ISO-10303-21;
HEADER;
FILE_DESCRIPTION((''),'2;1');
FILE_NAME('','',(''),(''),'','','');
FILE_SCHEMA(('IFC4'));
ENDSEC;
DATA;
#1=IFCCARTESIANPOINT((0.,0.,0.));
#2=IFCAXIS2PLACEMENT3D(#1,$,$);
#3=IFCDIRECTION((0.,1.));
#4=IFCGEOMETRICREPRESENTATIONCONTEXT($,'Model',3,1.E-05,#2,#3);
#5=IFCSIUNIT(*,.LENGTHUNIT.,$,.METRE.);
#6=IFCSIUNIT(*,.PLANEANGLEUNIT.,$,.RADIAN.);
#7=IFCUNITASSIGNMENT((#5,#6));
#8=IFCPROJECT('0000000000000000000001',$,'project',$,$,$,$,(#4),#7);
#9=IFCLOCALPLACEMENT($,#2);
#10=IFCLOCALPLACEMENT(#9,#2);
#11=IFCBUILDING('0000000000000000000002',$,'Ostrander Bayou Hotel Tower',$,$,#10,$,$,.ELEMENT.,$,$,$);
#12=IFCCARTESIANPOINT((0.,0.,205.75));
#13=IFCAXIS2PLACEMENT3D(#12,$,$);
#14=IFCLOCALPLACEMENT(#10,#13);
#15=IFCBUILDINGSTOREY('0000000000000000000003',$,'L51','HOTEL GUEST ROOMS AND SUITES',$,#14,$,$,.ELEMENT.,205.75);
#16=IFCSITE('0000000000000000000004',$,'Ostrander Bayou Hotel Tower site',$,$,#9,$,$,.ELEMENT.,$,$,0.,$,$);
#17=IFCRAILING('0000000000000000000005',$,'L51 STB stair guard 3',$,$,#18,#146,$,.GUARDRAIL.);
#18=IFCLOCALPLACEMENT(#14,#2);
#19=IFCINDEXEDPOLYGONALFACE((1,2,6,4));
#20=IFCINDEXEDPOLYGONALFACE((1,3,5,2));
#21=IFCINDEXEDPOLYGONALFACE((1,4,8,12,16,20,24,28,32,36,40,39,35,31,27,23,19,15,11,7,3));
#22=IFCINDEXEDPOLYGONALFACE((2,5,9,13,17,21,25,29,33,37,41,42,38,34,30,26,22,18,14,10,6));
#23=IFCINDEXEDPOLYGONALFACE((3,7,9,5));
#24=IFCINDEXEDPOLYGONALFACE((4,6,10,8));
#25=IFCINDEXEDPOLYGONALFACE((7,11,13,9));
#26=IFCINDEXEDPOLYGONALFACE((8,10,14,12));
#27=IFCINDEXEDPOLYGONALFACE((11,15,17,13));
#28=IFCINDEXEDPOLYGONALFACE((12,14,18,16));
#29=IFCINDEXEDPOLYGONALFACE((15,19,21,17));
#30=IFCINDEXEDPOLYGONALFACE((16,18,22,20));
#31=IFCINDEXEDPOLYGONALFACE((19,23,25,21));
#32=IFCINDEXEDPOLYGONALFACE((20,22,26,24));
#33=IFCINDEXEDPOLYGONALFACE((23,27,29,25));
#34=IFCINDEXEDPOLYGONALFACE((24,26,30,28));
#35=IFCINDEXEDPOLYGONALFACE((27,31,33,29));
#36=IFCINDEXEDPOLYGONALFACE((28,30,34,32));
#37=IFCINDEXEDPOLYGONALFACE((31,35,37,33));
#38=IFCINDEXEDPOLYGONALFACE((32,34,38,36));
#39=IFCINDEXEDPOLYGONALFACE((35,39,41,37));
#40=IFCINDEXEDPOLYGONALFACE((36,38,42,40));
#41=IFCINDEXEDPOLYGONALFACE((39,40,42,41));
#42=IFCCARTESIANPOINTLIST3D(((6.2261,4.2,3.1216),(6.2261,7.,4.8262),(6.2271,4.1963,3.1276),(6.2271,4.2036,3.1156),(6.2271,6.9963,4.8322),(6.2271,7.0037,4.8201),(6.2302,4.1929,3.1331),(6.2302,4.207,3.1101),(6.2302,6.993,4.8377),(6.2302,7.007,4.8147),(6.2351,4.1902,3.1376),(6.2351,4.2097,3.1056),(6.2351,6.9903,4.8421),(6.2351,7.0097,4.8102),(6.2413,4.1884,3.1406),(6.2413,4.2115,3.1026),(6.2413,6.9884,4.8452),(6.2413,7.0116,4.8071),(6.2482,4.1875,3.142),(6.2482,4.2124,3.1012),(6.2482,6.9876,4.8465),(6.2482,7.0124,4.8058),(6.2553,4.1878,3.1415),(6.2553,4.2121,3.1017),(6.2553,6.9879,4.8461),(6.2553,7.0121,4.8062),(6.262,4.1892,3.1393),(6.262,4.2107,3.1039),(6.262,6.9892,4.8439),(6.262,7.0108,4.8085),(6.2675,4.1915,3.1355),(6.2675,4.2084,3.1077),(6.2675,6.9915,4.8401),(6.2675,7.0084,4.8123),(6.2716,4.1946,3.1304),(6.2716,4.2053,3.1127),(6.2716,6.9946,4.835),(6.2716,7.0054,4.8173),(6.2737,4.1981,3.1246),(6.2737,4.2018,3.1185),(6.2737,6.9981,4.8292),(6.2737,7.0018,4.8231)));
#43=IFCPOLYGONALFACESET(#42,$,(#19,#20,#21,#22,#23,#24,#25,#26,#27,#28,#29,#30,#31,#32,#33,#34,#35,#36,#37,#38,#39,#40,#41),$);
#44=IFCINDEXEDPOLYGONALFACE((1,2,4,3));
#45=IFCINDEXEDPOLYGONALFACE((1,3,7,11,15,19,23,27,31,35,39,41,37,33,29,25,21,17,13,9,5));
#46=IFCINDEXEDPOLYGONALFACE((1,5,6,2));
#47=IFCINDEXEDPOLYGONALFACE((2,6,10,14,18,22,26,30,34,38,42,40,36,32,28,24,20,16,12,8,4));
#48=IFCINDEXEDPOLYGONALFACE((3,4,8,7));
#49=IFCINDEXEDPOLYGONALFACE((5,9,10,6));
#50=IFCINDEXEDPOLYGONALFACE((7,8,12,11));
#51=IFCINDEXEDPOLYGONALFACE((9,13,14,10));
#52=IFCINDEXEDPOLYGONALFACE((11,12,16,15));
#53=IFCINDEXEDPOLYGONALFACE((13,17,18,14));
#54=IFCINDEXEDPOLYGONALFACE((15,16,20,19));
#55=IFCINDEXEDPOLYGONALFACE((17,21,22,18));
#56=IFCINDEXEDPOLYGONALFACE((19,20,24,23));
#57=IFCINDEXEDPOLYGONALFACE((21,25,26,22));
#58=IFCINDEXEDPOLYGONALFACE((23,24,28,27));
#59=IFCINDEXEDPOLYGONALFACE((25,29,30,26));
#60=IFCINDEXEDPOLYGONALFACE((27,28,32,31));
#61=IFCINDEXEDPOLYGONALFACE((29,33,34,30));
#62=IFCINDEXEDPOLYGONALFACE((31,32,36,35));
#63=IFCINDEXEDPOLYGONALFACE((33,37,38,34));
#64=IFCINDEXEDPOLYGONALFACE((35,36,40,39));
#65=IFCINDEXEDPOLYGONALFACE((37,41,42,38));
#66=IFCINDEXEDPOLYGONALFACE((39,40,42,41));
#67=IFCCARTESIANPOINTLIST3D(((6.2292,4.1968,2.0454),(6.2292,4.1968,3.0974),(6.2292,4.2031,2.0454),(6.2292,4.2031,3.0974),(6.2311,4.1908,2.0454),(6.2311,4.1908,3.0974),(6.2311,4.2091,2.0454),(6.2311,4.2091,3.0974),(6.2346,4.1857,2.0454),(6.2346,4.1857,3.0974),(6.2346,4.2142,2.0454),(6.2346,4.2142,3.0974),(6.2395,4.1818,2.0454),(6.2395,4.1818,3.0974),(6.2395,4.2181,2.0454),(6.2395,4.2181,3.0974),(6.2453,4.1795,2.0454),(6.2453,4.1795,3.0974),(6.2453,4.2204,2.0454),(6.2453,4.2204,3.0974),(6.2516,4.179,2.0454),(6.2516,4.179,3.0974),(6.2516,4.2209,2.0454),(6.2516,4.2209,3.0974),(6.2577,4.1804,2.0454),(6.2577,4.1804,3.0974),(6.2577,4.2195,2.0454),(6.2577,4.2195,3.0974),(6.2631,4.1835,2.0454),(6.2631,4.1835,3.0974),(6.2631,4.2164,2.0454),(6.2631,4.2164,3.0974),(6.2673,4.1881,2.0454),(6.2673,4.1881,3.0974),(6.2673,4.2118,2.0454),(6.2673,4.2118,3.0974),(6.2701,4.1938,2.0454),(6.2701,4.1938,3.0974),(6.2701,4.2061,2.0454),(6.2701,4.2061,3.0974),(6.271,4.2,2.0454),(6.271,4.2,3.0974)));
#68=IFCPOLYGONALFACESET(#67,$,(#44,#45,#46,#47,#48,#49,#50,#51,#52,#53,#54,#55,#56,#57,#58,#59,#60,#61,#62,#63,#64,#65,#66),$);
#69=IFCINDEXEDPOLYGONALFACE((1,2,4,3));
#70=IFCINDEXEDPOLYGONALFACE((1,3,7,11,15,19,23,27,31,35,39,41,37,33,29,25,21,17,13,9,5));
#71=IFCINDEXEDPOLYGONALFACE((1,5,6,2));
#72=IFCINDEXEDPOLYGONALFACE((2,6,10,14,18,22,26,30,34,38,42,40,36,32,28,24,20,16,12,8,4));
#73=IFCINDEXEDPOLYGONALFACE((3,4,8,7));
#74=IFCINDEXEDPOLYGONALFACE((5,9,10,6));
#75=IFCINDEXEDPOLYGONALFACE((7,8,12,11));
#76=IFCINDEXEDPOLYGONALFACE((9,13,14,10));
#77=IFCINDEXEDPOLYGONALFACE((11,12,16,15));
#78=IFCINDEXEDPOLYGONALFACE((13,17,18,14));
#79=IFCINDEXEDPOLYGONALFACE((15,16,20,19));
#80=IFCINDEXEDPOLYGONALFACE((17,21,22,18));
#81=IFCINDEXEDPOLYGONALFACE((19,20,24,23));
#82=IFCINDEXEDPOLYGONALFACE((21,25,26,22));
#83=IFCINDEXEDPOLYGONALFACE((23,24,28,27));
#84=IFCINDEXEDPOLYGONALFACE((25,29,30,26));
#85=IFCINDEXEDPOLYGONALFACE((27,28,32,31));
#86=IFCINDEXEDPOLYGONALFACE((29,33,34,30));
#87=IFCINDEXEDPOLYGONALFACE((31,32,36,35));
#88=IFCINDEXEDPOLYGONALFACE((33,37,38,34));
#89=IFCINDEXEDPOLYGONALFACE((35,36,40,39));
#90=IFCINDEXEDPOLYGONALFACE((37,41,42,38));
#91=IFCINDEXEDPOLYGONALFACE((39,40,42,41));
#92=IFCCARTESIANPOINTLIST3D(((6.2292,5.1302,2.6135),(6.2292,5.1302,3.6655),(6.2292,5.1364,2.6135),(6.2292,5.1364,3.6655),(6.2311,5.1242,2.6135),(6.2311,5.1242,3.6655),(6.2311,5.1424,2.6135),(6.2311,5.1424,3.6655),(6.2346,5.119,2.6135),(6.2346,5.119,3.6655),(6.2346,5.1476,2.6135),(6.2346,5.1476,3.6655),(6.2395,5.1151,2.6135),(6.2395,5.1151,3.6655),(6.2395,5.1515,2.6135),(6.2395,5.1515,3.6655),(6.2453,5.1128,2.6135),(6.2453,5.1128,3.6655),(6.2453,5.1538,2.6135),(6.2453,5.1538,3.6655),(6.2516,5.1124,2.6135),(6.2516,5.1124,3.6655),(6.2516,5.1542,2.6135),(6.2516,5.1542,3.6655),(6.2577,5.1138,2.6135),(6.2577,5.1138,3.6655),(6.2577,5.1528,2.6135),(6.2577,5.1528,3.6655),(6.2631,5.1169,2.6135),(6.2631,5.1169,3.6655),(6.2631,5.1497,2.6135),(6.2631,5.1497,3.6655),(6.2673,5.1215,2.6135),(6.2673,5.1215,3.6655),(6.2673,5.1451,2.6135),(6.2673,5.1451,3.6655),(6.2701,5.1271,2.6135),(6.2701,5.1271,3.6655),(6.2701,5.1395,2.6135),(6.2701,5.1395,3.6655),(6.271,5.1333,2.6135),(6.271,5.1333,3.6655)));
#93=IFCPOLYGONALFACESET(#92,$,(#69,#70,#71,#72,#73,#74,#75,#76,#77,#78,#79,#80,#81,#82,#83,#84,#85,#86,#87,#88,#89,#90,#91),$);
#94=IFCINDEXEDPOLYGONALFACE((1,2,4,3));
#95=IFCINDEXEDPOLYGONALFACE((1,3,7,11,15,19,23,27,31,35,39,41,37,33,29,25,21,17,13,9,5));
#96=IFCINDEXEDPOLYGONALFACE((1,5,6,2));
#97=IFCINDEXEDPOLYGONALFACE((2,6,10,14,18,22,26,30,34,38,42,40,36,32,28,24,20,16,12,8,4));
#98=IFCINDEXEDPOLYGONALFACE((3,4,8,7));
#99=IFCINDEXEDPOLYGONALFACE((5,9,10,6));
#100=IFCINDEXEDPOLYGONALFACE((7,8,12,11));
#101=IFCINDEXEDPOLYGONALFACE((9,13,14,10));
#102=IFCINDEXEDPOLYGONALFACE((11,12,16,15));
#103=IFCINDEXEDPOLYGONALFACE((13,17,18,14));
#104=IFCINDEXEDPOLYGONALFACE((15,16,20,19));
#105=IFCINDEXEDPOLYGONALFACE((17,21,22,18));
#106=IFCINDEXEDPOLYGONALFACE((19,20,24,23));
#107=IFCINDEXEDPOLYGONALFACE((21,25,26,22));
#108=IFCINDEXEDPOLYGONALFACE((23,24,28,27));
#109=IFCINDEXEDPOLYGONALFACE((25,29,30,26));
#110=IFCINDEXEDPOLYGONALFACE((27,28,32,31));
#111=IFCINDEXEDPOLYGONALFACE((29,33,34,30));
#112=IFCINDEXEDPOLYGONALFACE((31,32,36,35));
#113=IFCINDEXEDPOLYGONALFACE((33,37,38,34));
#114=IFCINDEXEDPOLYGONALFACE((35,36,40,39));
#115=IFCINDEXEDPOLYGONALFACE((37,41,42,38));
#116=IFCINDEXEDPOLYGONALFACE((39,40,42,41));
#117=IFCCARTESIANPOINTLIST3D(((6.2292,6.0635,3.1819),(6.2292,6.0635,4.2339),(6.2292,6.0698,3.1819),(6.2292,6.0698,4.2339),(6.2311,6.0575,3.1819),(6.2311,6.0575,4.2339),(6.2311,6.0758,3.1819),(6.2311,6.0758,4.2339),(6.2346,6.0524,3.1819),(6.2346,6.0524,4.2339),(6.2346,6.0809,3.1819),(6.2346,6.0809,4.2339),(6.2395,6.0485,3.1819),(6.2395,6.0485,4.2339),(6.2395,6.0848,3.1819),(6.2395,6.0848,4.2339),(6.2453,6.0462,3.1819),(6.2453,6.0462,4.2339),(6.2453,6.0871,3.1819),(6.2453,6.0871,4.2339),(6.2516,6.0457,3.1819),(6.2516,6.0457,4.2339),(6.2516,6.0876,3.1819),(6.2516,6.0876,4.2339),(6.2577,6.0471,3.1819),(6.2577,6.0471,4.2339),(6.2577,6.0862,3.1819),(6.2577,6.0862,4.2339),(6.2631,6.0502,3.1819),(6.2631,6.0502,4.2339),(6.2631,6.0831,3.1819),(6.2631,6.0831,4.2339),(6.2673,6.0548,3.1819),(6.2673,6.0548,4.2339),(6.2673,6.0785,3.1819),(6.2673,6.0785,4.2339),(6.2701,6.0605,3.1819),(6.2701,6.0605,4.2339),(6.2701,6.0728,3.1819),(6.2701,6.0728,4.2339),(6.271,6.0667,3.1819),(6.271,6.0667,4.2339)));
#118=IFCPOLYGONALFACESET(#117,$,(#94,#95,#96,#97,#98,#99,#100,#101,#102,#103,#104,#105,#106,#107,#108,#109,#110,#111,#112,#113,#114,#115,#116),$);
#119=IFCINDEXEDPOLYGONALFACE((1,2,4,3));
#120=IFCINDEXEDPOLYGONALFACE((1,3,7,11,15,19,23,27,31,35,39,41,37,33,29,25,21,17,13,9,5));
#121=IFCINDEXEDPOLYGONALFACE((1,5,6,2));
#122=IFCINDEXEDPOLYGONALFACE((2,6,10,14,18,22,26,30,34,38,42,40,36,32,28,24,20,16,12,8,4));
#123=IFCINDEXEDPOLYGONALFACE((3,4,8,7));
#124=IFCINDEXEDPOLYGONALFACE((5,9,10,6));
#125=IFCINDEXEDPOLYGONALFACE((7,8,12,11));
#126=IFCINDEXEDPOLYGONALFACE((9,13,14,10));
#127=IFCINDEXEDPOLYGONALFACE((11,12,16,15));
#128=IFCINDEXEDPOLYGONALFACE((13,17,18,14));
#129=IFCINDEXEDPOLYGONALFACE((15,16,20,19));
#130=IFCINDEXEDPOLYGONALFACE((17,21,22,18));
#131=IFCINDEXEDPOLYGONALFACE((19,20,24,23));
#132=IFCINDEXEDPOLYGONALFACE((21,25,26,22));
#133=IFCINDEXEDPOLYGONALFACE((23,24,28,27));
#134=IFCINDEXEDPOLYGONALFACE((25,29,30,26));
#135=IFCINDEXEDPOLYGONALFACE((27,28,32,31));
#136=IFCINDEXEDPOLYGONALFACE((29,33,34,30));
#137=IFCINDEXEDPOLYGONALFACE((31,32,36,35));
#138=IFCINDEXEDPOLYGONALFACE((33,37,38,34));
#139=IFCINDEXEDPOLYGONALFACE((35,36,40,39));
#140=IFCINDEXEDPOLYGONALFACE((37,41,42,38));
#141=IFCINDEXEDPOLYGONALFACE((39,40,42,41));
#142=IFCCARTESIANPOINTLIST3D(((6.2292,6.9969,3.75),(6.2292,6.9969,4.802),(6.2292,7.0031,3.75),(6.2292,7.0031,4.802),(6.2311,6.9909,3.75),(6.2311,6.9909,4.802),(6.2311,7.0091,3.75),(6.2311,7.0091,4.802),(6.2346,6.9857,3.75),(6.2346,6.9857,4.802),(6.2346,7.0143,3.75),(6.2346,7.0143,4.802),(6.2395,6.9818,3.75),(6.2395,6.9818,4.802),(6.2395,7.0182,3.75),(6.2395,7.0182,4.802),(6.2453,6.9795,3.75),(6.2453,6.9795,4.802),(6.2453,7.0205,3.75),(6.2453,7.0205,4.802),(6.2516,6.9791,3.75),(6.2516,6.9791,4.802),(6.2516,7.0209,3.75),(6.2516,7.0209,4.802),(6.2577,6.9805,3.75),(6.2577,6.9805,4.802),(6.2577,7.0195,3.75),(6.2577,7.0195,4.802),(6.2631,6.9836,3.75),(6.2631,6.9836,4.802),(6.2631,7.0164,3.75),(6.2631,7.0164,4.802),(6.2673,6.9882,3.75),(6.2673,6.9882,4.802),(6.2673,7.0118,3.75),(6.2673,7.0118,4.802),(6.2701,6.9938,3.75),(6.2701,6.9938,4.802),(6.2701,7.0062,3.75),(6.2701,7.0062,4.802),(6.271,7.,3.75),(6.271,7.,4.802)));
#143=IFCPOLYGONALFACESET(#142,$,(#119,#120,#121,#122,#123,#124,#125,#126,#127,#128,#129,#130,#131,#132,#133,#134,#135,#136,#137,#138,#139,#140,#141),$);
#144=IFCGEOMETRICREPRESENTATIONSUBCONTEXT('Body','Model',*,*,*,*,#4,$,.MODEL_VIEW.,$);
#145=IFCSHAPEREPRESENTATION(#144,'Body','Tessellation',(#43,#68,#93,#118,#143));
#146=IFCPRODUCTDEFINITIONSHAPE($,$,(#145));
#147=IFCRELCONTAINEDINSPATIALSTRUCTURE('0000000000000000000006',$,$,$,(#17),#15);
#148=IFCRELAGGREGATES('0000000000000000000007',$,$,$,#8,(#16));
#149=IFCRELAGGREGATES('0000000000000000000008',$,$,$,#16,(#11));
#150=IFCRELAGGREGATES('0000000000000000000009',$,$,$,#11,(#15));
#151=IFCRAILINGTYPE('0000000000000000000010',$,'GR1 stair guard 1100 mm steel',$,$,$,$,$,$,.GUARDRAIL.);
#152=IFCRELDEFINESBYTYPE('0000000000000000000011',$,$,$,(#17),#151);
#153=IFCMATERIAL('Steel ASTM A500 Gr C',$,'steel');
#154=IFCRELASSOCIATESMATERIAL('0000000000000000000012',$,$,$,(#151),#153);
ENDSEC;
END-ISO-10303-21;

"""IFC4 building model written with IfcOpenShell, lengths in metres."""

from ifc_helpers import new_model, si_unit, direction, frame, origin, origin_2d, place, context, subcontext, project, spatial, circle, extrude, material, type_object, element, save


model = new_model("IFC4")

# Units and contexts
model_context = context("Model", 3, precision=1e-05, world=origin(), true_north=direction((0.0, 1.0)))
body_context = subcontext(model_context, "Body", "Model", "MODEL_VIEW")
ifc_project = project(units=[si_unit("LENGTHUNIT", "METRE"), si_unit("PLANEANGLEUNIT", "RADIAN")], contexts=[model_context])

# Site, building, storey
site_placement = place(None, origin())
site = spatial("IfcSite", under=ifc_project, at=site_placement, Name="Ostrander Bayou Hotel Tower site", CompositionType="ELEMENT", RefElevation=0.0)
building_placement = place(site_placement, origin())
building = spatial("IfcBuilding", under=site, at=building_placement, Name="Ostrander Bayou Hotel Tower", CompositionType="ELEMENT")
storey_placement = place(building_placement, frame((0.0, 0.0, 205.75)))
storey = spatial("IfcBuildingStorey", under=building, at=storey_placement, Name="L51", Description="HOTEL GUEST ROOMS AND SUITES", CompositionType="ELEMENT", Elevation=205.75)

# Railing
ifc_material_1 = material(Name="Steel ASTM A500 Gr C", Category="steel")
railing_type_1 = type_object("IfcRailingType", Name="GR1 stair guard 1100 mm steel", PredefinedType="GUARDRAIL", material=ifc_material_1)
railing_1_placement = place(storey_placement, frame((6.25, 4.2, 2.0454)))
element("IfcRailing", 1, at=railing_1_placement, inside=storey, type_object=railing_type_1, Name="L51 STB stair guard 3", PredefinedType="GUARDRAIL", context=body_context, shape_type="SweptSolid", body=[
    extrude(circle(Radius=0.0239, at=origin_2d()), frame((0.0, 0.0, 1.0762), z_axis=(0.0, 0.85417, 0.519994), x_axis=(-1.0, 0.0, 0.0)), (0.0, 0.0, 1.0), 3.2781),
    extrude(circle(Radius=0.021, at=origin_2d()), origin(), (0.0, 0.0, 1.0), 1.052),
    extrude(circle(Radius=0.021, at=origin_2d()), frame((0.0, 0.9333, 0.5681)), (0.0, 0.0, 1.0), 1.052),
    extrude(circle(Radius=0.021, at=origin_2d()), frame((0.0, 1.8667, 1.1365)), (0.0, 0.0, 1.0), 1.052),
    extrude(circle(Radius=0.021, at=origin_2d()), frame((0.0, 2.8, 1.7046)), (0.0, 0.0, 1.0), 1.052),
])

save(model, "model.ifc")
